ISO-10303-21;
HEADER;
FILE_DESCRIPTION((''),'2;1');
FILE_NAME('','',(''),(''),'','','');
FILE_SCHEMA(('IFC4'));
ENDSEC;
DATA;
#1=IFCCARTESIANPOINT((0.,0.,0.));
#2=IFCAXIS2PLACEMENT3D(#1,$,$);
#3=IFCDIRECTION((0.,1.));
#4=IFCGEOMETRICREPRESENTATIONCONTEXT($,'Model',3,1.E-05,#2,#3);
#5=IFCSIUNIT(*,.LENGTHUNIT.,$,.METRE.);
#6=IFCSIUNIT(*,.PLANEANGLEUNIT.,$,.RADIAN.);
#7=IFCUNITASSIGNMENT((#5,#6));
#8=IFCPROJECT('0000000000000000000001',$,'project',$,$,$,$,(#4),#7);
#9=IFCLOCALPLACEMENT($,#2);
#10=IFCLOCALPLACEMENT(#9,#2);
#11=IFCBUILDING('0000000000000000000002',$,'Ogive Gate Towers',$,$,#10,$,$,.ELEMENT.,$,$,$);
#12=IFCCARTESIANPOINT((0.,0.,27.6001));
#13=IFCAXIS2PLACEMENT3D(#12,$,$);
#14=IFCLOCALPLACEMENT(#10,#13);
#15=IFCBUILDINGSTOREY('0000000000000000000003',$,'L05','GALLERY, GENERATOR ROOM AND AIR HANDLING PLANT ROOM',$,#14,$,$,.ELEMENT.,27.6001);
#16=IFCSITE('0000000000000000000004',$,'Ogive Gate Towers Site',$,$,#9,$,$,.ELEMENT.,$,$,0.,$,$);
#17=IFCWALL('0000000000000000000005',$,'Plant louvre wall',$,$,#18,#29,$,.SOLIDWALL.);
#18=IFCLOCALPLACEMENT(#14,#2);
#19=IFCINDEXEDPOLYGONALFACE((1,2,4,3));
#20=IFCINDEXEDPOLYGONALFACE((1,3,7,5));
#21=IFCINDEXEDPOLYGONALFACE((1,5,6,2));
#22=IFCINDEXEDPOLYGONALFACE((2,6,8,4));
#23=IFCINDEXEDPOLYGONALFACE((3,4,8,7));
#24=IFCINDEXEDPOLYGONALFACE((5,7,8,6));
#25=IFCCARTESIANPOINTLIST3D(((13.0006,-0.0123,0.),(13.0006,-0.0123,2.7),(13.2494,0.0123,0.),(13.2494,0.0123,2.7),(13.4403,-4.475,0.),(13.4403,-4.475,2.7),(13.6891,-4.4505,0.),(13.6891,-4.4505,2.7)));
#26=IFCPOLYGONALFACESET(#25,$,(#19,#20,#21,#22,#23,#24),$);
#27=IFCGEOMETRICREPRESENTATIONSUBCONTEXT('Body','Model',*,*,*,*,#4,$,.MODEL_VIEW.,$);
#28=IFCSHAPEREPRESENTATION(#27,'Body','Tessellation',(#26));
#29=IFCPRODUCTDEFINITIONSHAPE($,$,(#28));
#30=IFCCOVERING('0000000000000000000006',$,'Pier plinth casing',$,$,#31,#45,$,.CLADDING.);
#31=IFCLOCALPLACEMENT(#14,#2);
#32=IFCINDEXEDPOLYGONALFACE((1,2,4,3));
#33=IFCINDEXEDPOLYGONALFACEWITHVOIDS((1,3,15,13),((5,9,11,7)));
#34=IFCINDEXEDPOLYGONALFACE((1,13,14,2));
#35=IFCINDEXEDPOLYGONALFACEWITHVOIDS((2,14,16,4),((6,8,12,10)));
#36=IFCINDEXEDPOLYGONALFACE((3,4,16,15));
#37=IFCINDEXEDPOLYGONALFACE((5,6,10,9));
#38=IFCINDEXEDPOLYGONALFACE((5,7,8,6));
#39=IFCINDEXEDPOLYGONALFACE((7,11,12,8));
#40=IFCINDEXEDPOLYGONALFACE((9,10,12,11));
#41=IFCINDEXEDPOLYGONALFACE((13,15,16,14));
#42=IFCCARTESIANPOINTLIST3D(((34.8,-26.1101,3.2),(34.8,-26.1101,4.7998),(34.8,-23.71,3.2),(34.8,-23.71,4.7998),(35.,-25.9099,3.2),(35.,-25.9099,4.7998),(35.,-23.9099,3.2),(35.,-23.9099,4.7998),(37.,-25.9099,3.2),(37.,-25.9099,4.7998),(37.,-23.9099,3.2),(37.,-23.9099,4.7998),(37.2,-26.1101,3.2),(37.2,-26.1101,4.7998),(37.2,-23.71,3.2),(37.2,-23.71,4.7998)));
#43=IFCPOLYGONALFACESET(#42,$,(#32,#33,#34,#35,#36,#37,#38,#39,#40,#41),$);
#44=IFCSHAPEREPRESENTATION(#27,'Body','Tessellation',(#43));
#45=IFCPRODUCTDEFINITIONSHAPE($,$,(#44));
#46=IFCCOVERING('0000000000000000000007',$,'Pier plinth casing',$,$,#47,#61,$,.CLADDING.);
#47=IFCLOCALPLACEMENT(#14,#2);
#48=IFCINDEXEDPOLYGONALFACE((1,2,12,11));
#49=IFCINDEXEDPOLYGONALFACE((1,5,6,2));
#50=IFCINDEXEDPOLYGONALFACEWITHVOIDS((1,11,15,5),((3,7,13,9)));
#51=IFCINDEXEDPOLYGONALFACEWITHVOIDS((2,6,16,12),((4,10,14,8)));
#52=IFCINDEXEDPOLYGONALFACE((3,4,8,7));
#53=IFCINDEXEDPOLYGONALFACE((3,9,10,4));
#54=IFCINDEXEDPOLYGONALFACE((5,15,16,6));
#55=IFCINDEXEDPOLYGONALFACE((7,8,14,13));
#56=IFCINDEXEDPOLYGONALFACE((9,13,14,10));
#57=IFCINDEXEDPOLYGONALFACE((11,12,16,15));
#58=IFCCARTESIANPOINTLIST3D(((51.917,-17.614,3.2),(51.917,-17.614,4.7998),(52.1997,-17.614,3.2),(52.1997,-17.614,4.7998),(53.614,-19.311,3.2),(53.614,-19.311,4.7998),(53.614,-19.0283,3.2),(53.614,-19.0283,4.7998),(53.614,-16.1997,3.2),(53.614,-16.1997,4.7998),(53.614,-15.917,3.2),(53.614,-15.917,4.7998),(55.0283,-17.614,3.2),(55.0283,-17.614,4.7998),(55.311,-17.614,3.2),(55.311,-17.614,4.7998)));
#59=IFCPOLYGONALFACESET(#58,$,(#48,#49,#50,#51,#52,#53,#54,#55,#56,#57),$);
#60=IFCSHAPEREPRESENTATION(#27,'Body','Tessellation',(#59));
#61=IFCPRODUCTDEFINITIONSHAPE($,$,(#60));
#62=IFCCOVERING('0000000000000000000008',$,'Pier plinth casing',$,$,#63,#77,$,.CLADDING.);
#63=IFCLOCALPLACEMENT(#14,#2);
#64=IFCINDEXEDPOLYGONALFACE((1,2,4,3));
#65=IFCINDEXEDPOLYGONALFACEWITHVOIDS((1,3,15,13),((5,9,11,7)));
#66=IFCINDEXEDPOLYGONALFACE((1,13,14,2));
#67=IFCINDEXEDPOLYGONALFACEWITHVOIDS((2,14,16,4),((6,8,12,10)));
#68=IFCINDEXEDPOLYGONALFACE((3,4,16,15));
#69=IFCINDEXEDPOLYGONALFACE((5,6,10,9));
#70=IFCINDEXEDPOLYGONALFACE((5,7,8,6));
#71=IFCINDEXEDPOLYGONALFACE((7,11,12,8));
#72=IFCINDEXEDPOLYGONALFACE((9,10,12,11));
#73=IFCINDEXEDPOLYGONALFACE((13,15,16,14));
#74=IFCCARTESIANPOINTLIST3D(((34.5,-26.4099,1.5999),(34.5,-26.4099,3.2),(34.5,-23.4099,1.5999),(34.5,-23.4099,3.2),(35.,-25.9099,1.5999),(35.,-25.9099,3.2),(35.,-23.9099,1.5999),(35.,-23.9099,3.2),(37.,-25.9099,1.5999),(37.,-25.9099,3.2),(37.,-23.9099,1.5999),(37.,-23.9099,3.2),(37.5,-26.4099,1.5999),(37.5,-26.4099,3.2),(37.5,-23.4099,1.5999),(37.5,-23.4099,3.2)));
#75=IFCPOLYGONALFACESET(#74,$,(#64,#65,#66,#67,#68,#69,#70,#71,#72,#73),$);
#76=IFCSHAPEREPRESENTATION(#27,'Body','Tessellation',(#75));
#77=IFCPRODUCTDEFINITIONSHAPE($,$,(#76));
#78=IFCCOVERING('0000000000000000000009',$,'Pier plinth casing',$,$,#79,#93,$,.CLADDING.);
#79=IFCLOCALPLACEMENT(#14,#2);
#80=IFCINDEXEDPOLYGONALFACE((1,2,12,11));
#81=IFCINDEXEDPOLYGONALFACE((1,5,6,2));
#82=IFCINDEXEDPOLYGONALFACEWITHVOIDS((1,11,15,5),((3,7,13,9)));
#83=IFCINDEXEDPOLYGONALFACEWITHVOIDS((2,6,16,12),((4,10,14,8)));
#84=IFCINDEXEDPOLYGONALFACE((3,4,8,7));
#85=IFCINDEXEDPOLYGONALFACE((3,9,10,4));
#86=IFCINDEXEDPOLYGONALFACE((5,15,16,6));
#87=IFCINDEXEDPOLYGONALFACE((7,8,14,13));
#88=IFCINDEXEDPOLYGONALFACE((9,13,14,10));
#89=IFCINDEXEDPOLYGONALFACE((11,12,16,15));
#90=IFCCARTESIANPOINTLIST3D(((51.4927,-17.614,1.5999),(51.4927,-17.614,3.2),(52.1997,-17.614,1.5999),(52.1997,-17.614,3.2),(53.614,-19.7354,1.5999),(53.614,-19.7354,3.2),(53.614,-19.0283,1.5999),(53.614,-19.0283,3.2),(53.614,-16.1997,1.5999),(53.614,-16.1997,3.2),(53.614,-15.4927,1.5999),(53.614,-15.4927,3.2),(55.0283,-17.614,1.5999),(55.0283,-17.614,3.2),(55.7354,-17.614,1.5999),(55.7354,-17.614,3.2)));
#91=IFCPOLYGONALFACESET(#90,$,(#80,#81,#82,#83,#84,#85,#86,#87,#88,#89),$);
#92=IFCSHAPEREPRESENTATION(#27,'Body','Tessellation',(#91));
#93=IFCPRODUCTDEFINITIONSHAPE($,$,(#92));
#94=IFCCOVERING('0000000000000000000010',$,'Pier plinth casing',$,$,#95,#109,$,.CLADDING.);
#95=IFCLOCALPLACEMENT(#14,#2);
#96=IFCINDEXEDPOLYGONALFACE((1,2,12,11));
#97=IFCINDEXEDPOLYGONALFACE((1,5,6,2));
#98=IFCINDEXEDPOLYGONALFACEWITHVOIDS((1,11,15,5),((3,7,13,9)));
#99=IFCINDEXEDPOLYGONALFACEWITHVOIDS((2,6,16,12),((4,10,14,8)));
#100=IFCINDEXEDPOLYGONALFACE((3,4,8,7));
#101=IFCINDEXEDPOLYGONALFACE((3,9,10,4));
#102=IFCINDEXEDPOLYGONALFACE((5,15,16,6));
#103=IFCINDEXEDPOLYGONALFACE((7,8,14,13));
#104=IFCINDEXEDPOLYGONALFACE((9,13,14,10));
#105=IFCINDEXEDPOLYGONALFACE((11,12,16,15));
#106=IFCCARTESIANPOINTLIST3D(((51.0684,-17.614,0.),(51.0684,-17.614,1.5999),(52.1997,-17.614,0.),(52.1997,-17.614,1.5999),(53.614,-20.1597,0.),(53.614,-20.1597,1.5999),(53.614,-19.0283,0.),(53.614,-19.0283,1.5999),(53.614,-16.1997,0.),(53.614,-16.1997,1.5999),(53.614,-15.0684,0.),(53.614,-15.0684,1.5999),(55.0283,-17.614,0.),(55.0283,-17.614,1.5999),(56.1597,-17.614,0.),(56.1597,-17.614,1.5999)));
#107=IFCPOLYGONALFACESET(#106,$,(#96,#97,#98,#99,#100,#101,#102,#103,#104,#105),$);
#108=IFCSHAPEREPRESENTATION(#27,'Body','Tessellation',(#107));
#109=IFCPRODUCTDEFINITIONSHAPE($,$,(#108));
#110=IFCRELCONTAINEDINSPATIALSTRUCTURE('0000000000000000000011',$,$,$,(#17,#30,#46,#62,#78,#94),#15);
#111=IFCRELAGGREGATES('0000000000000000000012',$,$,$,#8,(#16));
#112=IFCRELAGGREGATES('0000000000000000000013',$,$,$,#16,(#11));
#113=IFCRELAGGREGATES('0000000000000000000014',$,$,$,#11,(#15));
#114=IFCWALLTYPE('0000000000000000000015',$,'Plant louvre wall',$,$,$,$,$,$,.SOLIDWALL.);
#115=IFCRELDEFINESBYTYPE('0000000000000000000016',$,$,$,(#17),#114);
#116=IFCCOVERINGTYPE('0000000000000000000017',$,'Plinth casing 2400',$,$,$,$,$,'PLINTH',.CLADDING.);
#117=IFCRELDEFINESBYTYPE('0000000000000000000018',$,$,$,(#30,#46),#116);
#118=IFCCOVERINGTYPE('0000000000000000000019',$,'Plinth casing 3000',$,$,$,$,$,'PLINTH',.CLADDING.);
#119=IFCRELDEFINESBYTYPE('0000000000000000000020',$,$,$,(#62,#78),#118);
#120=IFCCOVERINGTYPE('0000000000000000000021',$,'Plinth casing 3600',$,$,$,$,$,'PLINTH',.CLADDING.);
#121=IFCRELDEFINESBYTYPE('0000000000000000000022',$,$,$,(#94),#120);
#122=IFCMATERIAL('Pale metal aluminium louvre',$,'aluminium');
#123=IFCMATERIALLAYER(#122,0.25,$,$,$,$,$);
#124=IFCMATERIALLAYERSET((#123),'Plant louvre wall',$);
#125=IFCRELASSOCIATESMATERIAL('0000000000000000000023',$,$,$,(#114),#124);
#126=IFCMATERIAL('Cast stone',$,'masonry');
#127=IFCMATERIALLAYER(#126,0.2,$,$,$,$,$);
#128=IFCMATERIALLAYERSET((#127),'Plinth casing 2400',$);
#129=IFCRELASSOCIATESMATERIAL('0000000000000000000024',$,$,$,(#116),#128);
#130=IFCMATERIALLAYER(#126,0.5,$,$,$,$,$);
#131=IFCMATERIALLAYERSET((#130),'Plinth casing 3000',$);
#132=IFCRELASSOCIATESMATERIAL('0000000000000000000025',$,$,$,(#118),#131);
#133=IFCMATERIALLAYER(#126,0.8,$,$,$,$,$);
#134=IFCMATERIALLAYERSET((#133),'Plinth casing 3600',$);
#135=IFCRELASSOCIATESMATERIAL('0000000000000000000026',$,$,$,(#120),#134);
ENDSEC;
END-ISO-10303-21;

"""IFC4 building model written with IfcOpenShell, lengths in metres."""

from ifc_helpers import new_model, si_unit, direction, frame, frame_2d, origin, place, context, subcontext, project, spatial, polyline, rectangle, outline, extrude, material, layer, layer_set, type_object, element, save


model = new_model("IFC4")

# Units and contexts
model_context = context("Model", 3, precision=1e-05, world=origin(), true_north=direction((0.0, 1.0)))
body_context = subcontext(model_context, "Body", "Model", "MODEL_VIEW")
ifc_project = project(units=[si_unit("LENGTHUNIT", "METRE"), si_unit("PLANEANGLEUNIT", "RADIAN")], contexts=[model_context])

# Site, building, storey
site_placement = place(None, origin())
site = spatial("IfcSite", under=ifc_project, at=site_placement, Name="Ogive Gate Towers Site", CompositionType="ELEMENT", RefElevation=0.0)
building_placement = place(site_placement, origin())
building = spatial("IfcBuilding", under=site, at=building_placement, Name="Ogive Gate Towers", CompositionType="ELEMENT")
storey_placement = place(building_placement, frame((0.0, 0.0, 27.6001)))
storey = spatial("IfcBuildingStorey", under=building, at=storey_placement, Name="L05", Description="GALLERY, GENERATOR ROOM AND AIR HANDLING PLANT ROOM", CompositionType="ELEMENT", Elevation=27.6001)

# Wall
ifc_material_1 = material(Name="Pale metal aluminium louvre", Category="aluminium")
ifc_layer_1 = layer(ifc_material_1, 0.25)
ifc_layer_set_1 = layer_set([ifc_layer_1], Name="Plant louvre wall")
wall_type = type_object("IfcWallType", Name="Plant louvre wall", PredefinedType="SOLIDWALL", material=ifc_layer_set_1)
wall_placement = place(storey_placement, frame((13.125, 0.0, 0.0), z_axis=(0.0, 0.0, 1.0), x_axis=(0.098054, -0.995181, 0.0)))
element("IfcWall", 1, at=wall_placement, inside=storey, type_object=wall_type, Name="Plant louvre wall", PredefinedType="SOLIDWALL", context=body_context, shape_type="SweptSolid", body=[
    extrude(rectangle(XDim=4.4844, YDim=0.25, at=frame_2d((2.2422, 0.0))), origin(), (0.0, 0.0, 1.0), 2.7),
])

# Coverings
ifc_material_2 = material(Name="Cast stone", Category="masonry")
ifc_layer_2 = layer(ifc_material_2, 0.2)
ifc_layer_set_2 = layer_set([ifc_layer_2], Name="Plinth casing 2400")
covering_type_1 = type_object("IfcCoveringType", Name="Plinth casing 2400", ElementType="PLINTH", PredefinedType="CLADDING", material=ifc_layer_set_2)
covering_1_placement = place(storey_placement, frame((0.0, 0.0, 3.2)))
element("IfcCovering", 2, at=covering_1_placement, inside=storey, type_object=covering_type_1, Name="Pier plinth casing", PredefinedType="CLADDING", context=body_context, shape_type="SweptSolid", body=[
    extrude(outline(polyline([(34.8, -23.71), (34.8, -26.1101), (37.2, -26.1101), (37.2, -23.71), (34.8, -23.71)]), holes=[polyline([(35.0, -23.9099), (37.0, -23.9099), (37.0, -25.9099), (35.0, -25.9099), (35.0, -23.9099)])]), origin(), (0.0, 0.0, 1.0), 1.5999),
])
covering_2_placement = place(storey_placement, frame((0.0, 0.0, 3.2)))
element("IfcCovering", 3, at=covering_2_placement, inside=storey, type_object=covering_type_1, Name="Pier plinth casing", PredefinedType="CLADDING", context=body_context, shape_type="SweptSolid", body=[
    extrude(outline(polyline([(51.917, -17.614), (53.614, -19.311), (55.311, -17.614), (53.614, -15.917), (51.917, -17.614)]), holes=[polyline([(52.1997, -17.614), (53.614, -16.1997), (55.0283, -17.614), (53.614, -19.0283), (52.1997, -17.614)])]), origin(), (0.0, 0.0, 1.0), 1.5999),
])
ifc_layer_3 = layer(ifc_material_2, 0.5)
ifc_layer_set_3 = layer_set([ifc_layer_3], Name="Plinth casing 3000")
covering_type_2 = type_object("IfcCoveringType", Name="Plinth casing 3000", ElementType="PLINTH", PredefinedType="CLADDING", material=ifc_layer_set_3)
covering_3_placement = place(storey_placement, frame((0.0, 0.0, 1.5999)))
element("IfcCovering", 4, at=covering_3_placement, inside=storey, type_object=covering_type_2, Name="Pier plinth casing", PredefinedType="CLADDING", context=body_context, shape_type="SweptSolid", body=[
    extrude(outline(polyline([(34.5, -23.4099), (34.5, -26.4099), (37.5, -26.4099), (37.5, -23.4099), (34.5, -23.4099)]), holes=[polyline([(35.0, -23.9099), (37.0, -23.9099), (37.0, -25.9099), (35.0, -25.9099), (35.0, -23.9099)])]), origin(), (0.0, 0.0, 1.0), 1.6001),
])
covering_4_placement = place(storey_placement, frame((0.0, 0.0, 1.5999)))
element("IfcCovering", 5, at=covering_4_placement, inside=storey, type_object=covering_type_2, Name="Pier plinth casing", PredefinedType="CLADDING", context=body_context, shape_type="SweptSolid", body=[
    extrude(outline(polyline([(51.4927, -17.614), (53.614, -19.7354), (55.7354, -17.614), (53.614, -15.4927), (51.4927, -17.614)]), holes=[polyline([(52.1997, -17.614), (53.614, -16.1997), (55.0283, -17.614), (53.614, -19.0283), (52.1997, -17.614)])]), origin(), (0.0, 0.0, 1.0), 1.6001),
])
ifc_layer_4 = layer(ifc_material_2, 0.8)
ifc_layer_set_4 = layer_set([ifc_layer_4], Name="Plinth casing 3600")
covering_type_3 = type_object("IfcCoveringType", Name="Plinth casing 3600", ElementType="PLINTH", PredefinedType="CLADDING", material=ifc_layer_set_4)
covering_5_placement = place(storey_placement, origin())
element("IfcCovering", 6, at=covering_5_placement, inside=storey, type_object=covering_type_3, Name="Pier plinth casing", PredefinedType="CLADDING", context=body_context, shape_type="SweptSolid", body=[
    extrude(outline(polyline([(51.0684, -17.614), (53.614, -20.1597), (56.1597, -17.614), (53.614, -15.0684), (51.0684, -17.614)]), holes=[polyline([(52.1997, -17.614), (53.614, -16.1997), (55.0283, -17.614), (53.614, -19.0283), (52.1997, -17.614)])]), origin(), (0.0, 0.0, 1.0), 1.5999),
])

save(model, "model.ifc")
